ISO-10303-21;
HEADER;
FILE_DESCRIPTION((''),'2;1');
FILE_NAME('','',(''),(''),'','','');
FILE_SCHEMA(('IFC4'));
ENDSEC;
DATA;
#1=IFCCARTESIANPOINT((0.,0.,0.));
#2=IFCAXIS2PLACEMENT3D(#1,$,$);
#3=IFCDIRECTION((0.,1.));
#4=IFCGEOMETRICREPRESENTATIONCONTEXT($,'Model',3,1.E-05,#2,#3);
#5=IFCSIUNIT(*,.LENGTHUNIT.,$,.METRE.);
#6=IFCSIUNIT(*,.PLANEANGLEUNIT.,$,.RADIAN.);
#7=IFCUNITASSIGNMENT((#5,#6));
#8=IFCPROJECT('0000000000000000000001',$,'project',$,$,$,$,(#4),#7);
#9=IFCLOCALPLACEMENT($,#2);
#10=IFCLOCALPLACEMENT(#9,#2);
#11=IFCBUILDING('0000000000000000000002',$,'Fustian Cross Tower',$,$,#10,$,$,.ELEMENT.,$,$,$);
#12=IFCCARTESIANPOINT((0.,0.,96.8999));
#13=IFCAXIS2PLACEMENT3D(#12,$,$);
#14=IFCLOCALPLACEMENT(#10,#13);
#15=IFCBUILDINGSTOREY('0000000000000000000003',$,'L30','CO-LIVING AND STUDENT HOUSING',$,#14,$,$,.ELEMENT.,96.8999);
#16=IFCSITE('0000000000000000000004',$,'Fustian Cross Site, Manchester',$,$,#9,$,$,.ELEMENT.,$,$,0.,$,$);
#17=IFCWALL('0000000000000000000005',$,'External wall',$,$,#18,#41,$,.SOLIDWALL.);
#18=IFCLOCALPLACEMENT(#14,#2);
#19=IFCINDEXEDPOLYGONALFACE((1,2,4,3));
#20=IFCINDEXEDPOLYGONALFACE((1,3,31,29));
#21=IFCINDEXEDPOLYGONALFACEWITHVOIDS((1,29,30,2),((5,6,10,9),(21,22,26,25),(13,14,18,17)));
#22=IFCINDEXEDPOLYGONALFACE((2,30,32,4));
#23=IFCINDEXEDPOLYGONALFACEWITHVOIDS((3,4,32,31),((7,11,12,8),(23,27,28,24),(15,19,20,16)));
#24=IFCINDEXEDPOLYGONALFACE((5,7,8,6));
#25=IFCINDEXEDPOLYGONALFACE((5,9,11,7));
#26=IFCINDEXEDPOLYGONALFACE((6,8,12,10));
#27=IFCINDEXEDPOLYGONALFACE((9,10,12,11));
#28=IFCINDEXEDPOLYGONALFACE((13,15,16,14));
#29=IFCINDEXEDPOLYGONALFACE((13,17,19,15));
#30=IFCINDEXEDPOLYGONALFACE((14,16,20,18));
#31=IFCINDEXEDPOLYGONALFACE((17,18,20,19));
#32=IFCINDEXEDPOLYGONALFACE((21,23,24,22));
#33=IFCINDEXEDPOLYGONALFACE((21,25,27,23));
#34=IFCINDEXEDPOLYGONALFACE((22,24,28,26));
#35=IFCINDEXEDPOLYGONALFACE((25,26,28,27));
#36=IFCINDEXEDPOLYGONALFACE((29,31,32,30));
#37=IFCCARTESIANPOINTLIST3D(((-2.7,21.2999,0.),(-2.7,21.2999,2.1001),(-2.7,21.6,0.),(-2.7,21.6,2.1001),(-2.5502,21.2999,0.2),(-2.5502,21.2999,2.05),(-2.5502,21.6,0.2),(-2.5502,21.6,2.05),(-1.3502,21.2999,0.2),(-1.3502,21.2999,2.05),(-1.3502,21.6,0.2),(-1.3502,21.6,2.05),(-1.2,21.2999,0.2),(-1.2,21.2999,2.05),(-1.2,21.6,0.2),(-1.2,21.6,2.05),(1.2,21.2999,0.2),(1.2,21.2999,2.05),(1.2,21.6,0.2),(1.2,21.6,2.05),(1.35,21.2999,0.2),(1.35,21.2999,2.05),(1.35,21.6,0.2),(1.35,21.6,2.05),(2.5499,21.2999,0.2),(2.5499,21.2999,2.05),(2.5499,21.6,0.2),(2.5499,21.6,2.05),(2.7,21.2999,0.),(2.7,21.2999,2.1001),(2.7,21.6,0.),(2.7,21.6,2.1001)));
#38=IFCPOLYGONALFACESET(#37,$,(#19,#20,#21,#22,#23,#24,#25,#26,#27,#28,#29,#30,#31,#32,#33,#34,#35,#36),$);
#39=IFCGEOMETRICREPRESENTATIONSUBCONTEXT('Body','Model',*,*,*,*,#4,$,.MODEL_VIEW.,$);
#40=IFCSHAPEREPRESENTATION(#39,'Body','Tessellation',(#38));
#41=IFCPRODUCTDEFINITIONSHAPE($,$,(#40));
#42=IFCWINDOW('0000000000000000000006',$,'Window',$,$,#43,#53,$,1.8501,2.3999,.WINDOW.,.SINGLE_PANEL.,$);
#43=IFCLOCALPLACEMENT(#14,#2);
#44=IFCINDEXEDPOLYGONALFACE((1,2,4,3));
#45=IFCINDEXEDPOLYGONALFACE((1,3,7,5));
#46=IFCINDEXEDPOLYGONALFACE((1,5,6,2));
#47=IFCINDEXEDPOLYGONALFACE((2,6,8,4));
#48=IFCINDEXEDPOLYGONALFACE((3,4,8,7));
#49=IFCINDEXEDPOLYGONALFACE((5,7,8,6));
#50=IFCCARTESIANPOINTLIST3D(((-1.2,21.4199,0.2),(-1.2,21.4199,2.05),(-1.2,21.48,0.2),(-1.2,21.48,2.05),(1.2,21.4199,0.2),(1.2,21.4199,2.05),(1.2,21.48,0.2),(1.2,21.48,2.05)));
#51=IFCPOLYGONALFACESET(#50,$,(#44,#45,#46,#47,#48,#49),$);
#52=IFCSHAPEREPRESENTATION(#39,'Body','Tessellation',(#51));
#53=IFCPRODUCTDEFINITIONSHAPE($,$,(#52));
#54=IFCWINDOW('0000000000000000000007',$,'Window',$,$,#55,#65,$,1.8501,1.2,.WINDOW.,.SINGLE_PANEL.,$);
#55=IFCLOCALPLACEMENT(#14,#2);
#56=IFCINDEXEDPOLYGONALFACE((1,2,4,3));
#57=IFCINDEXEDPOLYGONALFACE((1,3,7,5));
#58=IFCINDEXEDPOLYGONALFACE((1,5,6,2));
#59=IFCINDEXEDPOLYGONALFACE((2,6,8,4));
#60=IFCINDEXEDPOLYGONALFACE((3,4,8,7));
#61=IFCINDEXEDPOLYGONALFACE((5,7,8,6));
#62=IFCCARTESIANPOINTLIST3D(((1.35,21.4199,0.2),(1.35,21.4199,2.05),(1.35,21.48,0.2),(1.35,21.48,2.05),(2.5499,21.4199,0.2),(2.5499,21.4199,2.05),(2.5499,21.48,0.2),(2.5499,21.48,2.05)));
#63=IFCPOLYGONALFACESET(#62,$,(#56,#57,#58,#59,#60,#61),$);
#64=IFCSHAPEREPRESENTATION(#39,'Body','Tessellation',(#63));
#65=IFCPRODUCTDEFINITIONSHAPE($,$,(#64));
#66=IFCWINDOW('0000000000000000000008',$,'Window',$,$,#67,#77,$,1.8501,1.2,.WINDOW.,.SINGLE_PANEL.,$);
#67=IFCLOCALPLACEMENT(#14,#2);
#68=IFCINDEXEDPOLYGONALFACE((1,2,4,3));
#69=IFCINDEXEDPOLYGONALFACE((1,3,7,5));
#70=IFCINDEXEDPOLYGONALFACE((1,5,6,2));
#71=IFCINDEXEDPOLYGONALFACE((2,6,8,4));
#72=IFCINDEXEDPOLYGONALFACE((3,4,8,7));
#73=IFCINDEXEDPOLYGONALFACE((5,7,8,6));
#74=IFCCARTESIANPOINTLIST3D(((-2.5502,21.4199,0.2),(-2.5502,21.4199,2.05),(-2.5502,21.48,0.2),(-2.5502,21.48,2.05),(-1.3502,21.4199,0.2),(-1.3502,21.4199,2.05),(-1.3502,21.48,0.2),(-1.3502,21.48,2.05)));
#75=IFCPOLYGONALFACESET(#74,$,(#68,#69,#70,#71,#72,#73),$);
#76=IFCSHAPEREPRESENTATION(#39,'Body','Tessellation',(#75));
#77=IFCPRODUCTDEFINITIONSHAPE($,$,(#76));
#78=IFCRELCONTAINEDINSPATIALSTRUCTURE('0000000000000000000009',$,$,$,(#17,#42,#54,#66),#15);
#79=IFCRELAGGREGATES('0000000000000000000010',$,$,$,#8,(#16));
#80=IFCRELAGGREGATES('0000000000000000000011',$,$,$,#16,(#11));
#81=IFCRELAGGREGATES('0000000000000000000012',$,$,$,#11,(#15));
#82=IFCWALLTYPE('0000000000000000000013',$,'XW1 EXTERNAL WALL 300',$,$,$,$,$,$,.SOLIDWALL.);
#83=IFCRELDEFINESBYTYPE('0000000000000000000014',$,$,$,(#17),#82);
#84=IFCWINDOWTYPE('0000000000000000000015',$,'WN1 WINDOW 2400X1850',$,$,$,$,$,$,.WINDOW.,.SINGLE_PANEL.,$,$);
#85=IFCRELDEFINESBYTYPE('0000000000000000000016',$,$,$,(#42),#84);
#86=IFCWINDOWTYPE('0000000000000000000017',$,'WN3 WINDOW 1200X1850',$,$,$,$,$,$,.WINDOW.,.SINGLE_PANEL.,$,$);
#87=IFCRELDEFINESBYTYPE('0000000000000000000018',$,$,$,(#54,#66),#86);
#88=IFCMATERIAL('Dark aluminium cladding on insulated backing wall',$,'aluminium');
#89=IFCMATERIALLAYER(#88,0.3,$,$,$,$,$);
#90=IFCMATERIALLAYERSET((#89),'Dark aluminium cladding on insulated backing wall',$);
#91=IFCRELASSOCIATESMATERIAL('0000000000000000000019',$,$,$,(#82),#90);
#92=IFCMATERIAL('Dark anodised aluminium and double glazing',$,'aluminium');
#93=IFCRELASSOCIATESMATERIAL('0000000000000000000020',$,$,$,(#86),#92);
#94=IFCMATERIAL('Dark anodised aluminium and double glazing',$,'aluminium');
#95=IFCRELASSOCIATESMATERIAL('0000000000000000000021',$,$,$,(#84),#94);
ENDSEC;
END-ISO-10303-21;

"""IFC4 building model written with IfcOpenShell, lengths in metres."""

from ifc_helpers import new_model, si_unit, direction, frame, frame_2d, origin, place, context, subcontext, project, spatial, rectangle, extrude, material, layer, layer_set, type_object, element, fill, save


model = new_model("IFC4")

# Units and contexts
model_context = context("Model", 3, precision=1e-05, world=origin(), true_north=direction((0.0, 1.0)))
body_context = subcontext(model_context, "Body", "Model", "MODEL_VIEW")
ifc_project = project(units=[si_unit("LENGTHUNIT", "METRE"), si_unit("PLANEANGLEUNIT", "RADIAN")], contexts=[model_context])

# Site, building, storey
site_placement = place(None, origin())
site = spatial("IfcSite", under=ifc_project, at=site_placement, Name="Fustian Cross Site, Manchester", CompositionType="ELEMENT", RefElevation=0.0)
building_placement = place(site_placement, origin())
building = spatial("IfcBuilding", under=site, at=building_placement, Name="Fustian Cross Tower", CompositionType="ELEMENT")
storey_placement = place(building_placement, frame((0.0, 0.0, 96.8999)))
storey = spatial("IfcBuildingStorey", under=building, at=storey_placement, Name="L30", Description="CO-LIVING AND STUDENT HOUSING", CompositionType="ELEMENT", Elevation=96.8999)

# Shared definitions
ifc_material_1 = material(Name="Dark aluminium cladding on insulated backing wall", Category="aluminium")
ifc_layer_1 = layer(ifc_material_1, 0.3)
ifc_layer_set_1 = layer_set([ifc_layer_1], Name="Dark aluminium cladding on insulated backing wall")
wall_type_1 = type_object("IfcWallType", Name="XW1 EXTERNAL WALL 300", PredefinedType="SOLIDWALL", material=ifc_layer_set_1)

# Shared definitions
ifc_material_2 = material(Name="Dark anodised aluminium and double glazing", Category="aluminium")
window_type_1 = type_object("IfcWindowType", Name="WN3 WINDOW 1200X1850", PartitioningType="SINGLE_PANEL", PredefinedType="WINDOW", material=ifc_material_2)

# Wall, openings, windows
wall_1_placement = place(storey_placement, frame((2.7, 21.45, 0.0), z_axis=(0.0, 0.0, 1.0), x_axis=(-1.0, 0.0, 0.0)))
wall_1 = element("IfcWall", 1, at=wall_1_placement, inside=storey, type_object=wall_type_1, Name="External wall", PredefinedType="SOLIDWALL", context=body_context, shape_type="SweptSolid", body=[
    extrude(rectangle(XDim=5.3999, YDim=0.3, at=frame_2d((2.7, 0.0))), origin(), (0.0, 0.0, 1.0), 2.1001),
])
opening_1_placement = place(wall_1_placement, frame((1.5, 0.0, 0.2)))
opening_1 = element("IfcOpeningElement", 2, at=opening_1_placement, cuts=wall_1, PredefinedType="OPENING", context=body_context, shape_type="SweptSolid", body=[
    extrude(rectangle(XDim=2.3999, YDim=1.8501, at=frame_2d((1.2, 0.925))), frame((0.0, 0.1599, 0.0), z_axis=(0.0, -1.0, 0.0), x_axis=(1.0, 0.0, 0.0)), (0.0, 0.0, 1.0), 0.3201),
])
opening_2_placement = place(wall_1_placement, frame((0.1499, 0.0, 0.2)))
opening_2 = element("IfcOpeningElement", 3, at=opening_2_placement, cuts=wall_1, PredefinedType="OPENING", context=body_context, shape_type="SweptSolid", body=[
    extrude(rectangle(XDim=1.2, YDim=1.8501, at=frame_2d((0.6001, 0.925))), frame((0.0, 0.1599, 0.0), z_axis=(0.0, -1.0, 0.0), x_axis=(1.0, 0.0, 0.0)), (0.0, 0.0, 1.0), 0.3201),
])
opening_3_placement = place(wall_1_placement, frame((4.05, 0.0, 0.2)))
opening_3 = element("IfcOpeningElement", 4, at=opening_3_placement, cuts=wall_1, PredefinedType="OPENING", context=body_context, shape_type="SweptSolid", body=[
    extrude(rectangle(XDim=1.2, YDim=1.8501, at=frame_2d((0.6001, 0.925))), frame((0.0, 0.1599, 0.0), z_axis=(0.0, -1.0, 0.0), x_axis=(1.0, 0.0, 0.0)), (0.0, 0.0, 1.0), 0.3201),
])
ifc_material_3 = material(Name="Dark anodised aluminium and double glazing", Category="aluminium")
window_type_2 = type_object("IfcWindowType", Name="WN1 WINDOW 2400X1850", PartitioningType="SINGLE_PANEL", PredefinedType="WINDOW", material=ifc_material_3)
window_1_placement = place(opening_1_placement, origin())
window_1 = element("IfcWindow", 5, at=window_1_placement, inside=storey, type_object=window_type_2, Name="Window", OverallHeight=1.8501, OverallWidth=2.3999, PartitioningType="SINGLE_PANEL", PredefinedType="WINDOW", context=body_context, shape_type="SweptSolid", body=[
    extrude(rectangle(XDim=2.3999, YDim=1.8501, at=frame_2d((1.2, 0.925))), frame((0.0, 0.03, 0.0), z_axis=(0.0, -1.0, 0.0), x_axis=(1.0, 0.0, 0.0)), (0.0, 0.0, 1.0), 0.0601),
])
fill(opening_1, window_1)
window_2_placement = place(opening_2_placement, origin())
window_2 = element("IfcWindow", 6, at=window_2_placement, inside=storey, type_object=window_type_1, Name="Window", OverallHeight=1.8501, OverallWidth=1.2, PartitioningType="SINGLE_PANEL", PredefinedType="WINDOW", context=body_context, shape_type="SweptSolid", body=[
    extrude(rectangle(XDim=1.2, YDim=1.8501, at=frame_2d((0.6001, 0.925))), frame((0.0, 0.03, 0.0), z_axis=(0.0, -1.0, 0.0), x_axis=(1.0, 0.0, 0.0)), (0.0, 0.0, 1.0), 0.0601),
])
fill(opening_2, window_2)
window_3_placement = place(opening_3_placement, origin())
window_3 = element("IfcWindow", 7, at=window_3_placement, inside=storey, type_object=window_type_1, Name="Window", OverallHeight=1.8501, OverallWidth=1.2, PartitioningType="SINGLE_PANEL", PredefinedType="WINDOW", context=body_context, shape_type="SweptSolid", body=[
    extrude(rectangle(XDim=1.2, YDim=1.8501, at=frame_2d((0.6001, 0.925))), frame((0.0, 0.03, 0.0), z_axis=(0.0, -1.0, 0.0), x_axis=(1.0, 0.0, 0.0)), (0.0, 0.0, 1.0), 0.0601),
])
fill(opening_3, window_3)

save(model, "model.ifc")
